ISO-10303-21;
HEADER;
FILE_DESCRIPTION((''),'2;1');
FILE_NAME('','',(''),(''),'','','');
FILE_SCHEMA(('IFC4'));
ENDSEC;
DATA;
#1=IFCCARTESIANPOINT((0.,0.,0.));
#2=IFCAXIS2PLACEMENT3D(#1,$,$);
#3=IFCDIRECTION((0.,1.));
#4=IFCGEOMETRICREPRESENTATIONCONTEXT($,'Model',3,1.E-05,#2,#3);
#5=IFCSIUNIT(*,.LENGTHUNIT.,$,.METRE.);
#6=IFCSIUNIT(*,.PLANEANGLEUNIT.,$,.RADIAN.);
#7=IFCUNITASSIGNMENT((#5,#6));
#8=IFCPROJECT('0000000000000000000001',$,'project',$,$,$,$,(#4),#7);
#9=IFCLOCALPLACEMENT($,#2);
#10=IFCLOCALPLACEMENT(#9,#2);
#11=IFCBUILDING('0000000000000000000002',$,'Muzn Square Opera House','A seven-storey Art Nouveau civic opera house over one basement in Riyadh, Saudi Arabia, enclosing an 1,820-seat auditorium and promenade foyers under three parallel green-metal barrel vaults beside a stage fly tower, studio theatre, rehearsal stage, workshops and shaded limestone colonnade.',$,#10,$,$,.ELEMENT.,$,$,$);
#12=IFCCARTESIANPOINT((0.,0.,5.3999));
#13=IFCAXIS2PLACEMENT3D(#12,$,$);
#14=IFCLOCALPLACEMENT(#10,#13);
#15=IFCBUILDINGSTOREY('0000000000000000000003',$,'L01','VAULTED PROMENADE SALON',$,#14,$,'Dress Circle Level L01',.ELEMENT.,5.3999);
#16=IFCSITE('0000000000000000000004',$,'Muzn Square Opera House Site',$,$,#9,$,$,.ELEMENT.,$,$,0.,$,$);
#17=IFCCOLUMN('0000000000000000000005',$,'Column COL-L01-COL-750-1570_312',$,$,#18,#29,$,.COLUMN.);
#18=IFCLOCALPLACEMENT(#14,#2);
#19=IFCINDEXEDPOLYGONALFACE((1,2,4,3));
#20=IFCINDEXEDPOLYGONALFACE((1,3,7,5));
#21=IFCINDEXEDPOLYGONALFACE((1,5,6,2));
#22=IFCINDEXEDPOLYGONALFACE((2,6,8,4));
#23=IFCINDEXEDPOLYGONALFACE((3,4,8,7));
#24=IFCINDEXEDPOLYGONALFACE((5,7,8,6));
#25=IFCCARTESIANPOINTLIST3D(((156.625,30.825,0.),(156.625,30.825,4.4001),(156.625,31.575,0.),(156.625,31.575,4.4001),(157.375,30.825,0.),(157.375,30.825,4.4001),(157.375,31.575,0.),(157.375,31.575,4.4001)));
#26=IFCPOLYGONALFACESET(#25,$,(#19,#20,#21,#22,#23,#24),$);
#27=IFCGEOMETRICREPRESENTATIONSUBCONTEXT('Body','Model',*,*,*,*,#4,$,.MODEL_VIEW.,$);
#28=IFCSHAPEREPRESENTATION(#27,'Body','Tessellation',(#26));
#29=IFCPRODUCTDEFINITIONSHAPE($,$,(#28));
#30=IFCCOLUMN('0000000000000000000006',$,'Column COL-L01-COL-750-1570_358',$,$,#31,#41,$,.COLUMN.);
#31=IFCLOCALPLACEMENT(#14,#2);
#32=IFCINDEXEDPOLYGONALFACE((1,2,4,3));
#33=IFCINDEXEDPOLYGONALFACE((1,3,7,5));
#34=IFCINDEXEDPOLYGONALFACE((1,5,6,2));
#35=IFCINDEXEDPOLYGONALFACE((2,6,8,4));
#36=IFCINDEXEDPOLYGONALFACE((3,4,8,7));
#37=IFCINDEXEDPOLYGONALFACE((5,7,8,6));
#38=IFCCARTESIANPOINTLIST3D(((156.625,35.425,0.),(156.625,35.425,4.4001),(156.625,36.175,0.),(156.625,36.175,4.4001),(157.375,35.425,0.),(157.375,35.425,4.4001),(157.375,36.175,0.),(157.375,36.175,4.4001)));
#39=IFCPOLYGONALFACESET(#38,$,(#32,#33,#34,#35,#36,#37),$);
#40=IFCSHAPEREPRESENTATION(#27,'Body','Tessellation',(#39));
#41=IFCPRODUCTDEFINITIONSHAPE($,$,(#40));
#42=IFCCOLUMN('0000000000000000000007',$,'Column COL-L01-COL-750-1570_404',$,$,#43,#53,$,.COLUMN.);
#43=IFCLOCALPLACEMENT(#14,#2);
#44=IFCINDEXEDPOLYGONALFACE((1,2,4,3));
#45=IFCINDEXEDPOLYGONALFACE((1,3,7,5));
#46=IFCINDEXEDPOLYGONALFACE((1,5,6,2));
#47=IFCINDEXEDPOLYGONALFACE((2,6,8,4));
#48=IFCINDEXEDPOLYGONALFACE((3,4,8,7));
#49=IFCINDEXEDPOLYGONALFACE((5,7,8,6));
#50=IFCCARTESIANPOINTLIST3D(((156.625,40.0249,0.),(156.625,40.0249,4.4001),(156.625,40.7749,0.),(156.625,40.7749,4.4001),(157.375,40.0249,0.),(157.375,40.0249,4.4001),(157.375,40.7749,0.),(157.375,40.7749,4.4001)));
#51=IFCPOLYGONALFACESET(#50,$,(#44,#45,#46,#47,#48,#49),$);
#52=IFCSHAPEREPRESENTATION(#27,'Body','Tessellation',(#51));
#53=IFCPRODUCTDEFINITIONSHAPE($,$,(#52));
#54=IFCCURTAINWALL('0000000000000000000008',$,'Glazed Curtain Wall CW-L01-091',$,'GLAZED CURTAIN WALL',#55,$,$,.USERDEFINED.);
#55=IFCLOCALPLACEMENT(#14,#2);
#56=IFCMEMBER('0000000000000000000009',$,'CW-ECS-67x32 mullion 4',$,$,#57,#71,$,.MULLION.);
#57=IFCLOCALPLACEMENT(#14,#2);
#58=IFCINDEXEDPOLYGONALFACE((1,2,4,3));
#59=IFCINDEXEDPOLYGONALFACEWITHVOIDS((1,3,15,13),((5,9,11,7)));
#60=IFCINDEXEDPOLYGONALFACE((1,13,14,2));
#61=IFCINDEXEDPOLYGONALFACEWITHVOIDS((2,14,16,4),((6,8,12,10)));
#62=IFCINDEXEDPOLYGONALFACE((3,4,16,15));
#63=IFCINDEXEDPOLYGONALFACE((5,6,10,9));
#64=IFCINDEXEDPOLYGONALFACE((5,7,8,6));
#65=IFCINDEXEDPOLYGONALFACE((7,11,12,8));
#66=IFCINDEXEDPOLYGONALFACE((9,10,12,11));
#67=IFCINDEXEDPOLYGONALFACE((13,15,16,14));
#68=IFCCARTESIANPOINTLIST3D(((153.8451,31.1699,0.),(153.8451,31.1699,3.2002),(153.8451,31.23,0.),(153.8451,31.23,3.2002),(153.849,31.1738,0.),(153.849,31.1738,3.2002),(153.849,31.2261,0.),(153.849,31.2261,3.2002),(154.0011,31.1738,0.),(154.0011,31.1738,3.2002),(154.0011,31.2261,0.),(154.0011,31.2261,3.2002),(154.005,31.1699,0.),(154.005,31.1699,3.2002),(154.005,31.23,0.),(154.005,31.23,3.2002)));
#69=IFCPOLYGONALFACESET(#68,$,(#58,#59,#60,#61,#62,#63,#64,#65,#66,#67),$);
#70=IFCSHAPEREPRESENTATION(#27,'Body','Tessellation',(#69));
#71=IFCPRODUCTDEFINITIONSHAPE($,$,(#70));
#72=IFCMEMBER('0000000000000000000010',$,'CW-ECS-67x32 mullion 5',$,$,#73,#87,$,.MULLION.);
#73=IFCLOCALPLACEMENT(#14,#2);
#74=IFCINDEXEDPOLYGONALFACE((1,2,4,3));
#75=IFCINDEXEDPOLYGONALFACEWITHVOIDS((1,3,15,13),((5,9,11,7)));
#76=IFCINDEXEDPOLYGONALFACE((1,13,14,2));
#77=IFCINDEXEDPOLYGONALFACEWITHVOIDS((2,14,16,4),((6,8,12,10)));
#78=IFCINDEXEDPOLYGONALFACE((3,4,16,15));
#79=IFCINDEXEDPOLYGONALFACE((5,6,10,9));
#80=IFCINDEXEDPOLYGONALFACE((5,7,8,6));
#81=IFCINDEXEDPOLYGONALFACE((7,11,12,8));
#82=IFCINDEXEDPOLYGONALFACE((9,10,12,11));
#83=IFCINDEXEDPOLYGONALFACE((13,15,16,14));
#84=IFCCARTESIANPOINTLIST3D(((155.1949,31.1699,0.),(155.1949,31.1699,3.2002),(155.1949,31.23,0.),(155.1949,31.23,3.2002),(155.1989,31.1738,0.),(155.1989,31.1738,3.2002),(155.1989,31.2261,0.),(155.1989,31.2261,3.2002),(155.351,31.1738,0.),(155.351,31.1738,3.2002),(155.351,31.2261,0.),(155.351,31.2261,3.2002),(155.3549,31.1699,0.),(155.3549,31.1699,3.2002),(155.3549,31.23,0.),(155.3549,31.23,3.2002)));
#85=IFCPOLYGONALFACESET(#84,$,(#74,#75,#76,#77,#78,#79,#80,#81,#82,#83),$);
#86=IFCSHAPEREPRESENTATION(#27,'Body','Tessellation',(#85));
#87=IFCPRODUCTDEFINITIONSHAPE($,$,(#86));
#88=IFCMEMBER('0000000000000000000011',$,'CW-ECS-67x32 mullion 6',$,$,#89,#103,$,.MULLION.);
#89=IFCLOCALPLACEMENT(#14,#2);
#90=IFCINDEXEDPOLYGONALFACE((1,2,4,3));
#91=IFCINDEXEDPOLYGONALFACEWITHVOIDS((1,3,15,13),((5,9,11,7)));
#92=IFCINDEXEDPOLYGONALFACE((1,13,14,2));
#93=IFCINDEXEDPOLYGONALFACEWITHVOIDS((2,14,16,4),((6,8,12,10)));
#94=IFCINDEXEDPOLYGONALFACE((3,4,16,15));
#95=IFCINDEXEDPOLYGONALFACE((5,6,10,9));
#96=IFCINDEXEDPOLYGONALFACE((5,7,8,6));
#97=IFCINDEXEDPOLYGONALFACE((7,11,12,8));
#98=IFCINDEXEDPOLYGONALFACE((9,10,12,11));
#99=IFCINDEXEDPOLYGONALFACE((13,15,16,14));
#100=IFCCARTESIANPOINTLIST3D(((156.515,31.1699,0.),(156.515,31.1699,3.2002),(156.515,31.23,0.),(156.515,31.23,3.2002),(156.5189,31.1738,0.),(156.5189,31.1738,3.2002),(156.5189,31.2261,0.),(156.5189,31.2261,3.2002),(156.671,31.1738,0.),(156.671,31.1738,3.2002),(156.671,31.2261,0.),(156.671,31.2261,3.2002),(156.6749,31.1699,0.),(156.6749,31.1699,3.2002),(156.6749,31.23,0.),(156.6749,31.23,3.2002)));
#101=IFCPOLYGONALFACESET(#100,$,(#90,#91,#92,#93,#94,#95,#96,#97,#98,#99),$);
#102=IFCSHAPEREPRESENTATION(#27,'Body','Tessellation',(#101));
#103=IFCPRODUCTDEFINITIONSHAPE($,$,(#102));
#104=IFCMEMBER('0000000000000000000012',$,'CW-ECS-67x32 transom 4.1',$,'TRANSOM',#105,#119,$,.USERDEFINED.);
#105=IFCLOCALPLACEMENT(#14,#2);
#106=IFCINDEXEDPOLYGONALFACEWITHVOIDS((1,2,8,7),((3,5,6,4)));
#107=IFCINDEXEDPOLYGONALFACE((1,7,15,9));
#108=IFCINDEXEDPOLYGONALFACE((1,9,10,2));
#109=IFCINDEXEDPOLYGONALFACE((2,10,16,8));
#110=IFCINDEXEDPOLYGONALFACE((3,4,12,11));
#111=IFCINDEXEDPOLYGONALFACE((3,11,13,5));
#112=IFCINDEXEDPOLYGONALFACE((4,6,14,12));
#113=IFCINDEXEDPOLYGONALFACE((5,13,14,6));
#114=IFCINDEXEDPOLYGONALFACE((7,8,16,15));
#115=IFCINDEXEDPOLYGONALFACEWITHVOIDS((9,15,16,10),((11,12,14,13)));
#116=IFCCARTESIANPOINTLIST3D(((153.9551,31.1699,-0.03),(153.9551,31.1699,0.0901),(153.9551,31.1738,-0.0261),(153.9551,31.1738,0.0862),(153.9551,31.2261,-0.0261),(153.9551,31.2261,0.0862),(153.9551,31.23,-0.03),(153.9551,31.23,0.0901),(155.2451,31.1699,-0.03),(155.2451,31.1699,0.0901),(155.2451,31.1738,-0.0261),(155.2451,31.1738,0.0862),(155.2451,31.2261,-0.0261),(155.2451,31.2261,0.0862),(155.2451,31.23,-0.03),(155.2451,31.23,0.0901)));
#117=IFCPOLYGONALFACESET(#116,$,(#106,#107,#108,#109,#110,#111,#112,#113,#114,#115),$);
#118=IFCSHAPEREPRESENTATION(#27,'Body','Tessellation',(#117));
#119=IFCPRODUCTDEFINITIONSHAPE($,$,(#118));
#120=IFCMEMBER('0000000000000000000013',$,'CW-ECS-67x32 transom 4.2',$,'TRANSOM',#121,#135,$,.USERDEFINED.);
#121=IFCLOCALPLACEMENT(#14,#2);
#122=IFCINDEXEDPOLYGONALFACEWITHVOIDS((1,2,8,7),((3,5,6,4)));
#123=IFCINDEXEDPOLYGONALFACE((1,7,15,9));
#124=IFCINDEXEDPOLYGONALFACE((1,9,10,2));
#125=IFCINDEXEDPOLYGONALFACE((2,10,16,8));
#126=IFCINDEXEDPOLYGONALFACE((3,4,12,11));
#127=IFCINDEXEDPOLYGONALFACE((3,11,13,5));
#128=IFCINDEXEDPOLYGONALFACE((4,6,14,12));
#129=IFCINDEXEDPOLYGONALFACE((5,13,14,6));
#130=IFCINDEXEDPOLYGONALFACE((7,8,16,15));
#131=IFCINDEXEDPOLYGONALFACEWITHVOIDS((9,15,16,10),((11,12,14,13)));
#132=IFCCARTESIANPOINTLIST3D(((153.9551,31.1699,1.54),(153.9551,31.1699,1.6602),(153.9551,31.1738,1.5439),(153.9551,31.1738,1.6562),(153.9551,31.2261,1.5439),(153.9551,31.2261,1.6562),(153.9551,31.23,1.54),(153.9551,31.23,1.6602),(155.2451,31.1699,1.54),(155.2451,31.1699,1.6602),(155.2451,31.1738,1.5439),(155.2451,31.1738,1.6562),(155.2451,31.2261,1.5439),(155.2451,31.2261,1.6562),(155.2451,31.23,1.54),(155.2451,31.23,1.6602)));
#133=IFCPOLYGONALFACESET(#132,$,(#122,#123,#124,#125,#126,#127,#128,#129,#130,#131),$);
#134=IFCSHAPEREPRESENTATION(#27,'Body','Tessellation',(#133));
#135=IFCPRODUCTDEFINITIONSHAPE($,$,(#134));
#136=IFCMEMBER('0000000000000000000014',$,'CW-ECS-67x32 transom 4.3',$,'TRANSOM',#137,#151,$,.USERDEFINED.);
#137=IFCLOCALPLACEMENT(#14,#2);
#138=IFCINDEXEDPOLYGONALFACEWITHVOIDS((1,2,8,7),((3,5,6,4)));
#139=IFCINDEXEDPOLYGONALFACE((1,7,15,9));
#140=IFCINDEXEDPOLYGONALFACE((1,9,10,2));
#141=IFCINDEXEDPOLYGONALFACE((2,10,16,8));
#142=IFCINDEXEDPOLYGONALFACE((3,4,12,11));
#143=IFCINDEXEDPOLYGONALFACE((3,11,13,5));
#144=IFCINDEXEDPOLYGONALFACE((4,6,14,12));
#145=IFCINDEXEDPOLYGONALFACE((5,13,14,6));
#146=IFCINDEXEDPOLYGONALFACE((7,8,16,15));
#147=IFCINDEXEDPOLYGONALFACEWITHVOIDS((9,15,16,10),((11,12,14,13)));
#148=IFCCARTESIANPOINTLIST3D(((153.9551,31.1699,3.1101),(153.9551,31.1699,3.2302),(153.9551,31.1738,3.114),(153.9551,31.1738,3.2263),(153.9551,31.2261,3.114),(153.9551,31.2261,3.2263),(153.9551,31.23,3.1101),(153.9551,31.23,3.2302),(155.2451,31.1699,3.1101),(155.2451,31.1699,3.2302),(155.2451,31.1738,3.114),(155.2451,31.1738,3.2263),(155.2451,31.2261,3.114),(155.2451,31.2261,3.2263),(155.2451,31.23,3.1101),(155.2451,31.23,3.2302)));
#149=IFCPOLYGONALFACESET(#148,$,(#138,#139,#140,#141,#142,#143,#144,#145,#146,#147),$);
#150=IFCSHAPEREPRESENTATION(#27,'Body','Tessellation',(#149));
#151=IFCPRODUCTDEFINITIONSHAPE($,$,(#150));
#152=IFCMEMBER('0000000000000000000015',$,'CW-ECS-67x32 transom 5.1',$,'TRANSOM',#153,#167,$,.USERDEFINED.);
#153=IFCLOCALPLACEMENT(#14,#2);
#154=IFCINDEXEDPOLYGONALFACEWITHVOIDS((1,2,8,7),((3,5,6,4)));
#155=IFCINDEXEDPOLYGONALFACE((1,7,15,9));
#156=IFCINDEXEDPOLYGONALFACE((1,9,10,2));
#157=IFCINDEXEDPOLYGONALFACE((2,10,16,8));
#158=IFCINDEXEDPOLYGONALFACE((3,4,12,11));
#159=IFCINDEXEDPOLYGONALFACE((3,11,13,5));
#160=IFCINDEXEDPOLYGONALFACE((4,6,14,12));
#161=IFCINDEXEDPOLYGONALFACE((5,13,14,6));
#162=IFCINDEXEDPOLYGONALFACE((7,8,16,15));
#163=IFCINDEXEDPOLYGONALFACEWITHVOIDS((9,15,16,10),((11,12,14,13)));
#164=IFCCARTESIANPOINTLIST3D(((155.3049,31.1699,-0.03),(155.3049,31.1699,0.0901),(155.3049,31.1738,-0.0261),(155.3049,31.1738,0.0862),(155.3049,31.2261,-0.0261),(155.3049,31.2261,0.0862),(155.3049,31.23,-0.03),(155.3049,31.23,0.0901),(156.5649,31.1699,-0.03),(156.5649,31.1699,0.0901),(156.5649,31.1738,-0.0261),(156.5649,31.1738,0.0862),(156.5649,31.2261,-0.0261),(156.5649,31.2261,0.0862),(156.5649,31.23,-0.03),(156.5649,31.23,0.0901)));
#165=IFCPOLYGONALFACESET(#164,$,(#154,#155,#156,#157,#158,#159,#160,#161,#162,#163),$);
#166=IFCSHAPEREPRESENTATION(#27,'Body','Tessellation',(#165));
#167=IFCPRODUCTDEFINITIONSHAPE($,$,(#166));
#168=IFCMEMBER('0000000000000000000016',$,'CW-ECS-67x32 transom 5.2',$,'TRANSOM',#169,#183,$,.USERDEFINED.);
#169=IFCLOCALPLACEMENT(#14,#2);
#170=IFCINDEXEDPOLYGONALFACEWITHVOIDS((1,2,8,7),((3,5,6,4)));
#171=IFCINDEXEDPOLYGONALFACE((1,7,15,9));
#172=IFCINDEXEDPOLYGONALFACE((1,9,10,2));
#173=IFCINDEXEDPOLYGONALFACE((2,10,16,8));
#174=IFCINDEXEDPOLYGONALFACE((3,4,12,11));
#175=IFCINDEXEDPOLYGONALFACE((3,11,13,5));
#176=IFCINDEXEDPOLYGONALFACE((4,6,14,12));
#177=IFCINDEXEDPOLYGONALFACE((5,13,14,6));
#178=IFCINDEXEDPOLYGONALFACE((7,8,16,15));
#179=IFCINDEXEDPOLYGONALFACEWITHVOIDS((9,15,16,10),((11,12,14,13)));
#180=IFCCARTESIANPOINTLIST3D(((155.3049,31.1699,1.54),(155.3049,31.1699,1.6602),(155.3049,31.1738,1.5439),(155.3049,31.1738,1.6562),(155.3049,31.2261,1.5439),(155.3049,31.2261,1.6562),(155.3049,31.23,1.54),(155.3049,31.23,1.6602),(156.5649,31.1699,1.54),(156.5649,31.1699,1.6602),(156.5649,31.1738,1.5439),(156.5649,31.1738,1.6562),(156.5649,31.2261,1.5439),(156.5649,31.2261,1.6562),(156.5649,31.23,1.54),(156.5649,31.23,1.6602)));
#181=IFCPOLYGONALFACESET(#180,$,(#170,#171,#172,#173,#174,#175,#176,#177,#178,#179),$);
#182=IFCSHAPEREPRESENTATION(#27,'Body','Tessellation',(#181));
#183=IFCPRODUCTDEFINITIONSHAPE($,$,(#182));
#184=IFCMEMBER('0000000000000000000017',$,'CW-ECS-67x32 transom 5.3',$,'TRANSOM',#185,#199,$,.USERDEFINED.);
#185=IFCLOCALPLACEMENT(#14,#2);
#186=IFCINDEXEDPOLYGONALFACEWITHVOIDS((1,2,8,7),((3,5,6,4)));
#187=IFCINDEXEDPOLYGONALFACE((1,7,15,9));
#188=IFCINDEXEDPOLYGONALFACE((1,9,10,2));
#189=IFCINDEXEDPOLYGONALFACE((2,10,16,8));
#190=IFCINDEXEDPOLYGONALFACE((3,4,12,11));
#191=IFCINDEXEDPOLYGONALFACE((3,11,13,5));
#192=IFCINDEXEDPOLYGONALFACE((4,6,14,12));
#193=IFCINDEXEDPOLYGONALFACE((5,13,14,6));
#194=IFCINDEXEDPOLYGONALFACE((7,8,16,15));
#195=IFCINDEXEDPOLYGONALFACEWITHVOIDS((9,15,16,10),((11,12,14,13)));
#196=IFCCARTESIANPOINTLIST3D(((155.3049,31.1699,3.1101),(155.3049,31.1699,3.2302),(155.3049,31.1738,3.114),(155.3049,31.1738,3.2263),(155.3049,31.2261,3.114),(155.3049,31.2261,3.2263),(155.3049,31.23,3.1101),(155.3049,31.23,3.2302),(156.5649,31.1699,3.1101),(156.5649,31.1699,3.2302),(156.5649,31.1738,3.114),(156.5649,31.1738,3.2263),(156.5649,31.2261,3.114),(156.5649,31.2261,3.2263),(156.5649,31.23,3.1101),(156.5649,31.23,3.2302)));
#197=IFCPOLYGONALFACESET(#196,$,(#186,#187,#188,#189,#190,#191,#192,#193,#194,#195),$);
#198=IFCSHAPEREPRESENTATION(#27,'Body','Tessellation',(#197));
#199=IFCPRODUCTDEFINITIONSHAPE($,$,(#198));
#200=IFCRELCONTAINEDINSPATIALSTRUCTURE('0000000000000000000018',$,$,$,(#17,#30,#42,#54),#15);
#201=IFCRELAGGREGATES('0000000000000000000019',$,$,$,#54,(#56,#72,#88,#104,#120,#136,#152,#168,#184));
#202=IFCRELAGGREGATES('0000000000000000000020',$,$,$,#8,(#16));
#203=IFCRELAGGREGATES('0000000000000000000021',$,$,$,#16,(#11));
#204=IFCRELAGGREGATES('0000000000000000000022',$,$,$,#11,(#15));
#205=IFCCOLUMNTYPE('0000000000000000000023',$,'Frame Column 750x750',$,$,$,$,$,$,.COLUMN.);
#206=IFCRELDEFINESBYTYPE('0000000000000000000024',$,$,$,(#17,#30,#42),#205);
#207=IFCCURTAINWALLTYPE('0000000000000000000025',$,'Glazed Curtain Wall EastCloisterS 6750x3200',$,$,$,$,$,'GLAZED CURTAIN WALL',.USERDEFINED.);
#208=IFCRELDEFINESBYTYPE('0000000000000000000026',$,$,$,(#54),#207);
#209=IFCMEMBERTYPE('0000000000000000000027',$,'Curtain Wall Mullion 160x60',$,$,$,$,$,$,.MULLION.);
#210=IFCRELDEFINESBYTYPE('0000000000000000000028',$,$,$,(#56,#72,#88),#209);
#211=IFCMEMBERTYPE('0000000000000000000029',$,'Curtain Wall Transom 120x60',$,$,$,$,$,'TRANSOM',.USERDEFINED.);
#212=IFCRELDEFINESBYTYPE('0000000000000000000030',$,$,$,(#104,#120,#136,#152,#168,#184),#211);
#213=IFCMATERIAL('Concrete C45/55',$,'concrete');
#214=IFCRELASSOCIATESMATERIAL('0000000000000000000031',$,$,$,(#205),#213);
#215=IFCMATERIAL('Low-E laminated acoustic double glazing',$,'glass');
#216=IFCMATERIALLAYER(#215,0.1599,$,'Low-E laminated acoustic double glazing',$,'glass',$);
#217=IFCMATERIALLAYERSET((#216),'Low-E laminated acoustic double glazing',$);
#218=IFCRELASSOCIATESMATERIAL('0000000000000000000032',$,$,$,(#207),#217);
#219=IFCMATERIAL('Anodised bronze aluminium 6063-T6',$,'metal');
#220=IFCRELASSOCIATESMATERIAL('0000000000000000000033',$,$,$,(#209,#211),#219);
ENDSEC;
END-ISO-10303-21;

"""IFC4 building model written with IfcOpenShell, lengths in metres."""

from ifc_helpers import new_model, si_unit, direction, frame, origin, origin_2d, place, context, subcontext, project, spatial, rectangle, hollow_rectangle, extrude, material, layer, layer_set, material_profile, profile_set, type_object, element, aggregate, save


model = new_model("IFC4")

# Units and contexts
model_context = context("Model", 3, precision=1e-05, world=origin(), true_north=direction((0.0, 1.0)))
body_context = subcontext(model_context, "Body", "Model", "MODEL_VIEW")
ifc_project = project(units=[si_unit("LENGTHUNIT", "METRE"), si_unit("PLANEANGLEUNIT", "RADIAN")], contexts=[model_context])

# Site, building, storey
site_placement = place(None, origin())
site = spatial("IfcSite", under=ifc_project, at=site_placement, Name="Muzn Square Opera House Site", CompositionType="ELEMENT", RefElevation=0.0)
building_placement = place(site_placement, origin())
building = spatial("IfcBuilding", under=site, at=building_placement, Name="Muzn Square Opera House", Description="A seven-storey Art Nouveau civic opera house over one basement in Riyadh, Saudi Arabia, enclosing an 1,820-seat auditorium and promenade foyers under three parallel green-metal barrel vaults beside a stage fly tower, studio theatre, rehearsal stage, workshops and shaded limestone colonnade.", CompositionType="ELEMENT")
storey_placement = place(building_placement, frame((0.0, 0.0, 5.3999)))
storey = spatial("IfcBuildingStorey", under=building, at=storey_placement, Name="L01", Description="VAULTED PROMENADE SALON", LongName="Dress Circle Level L01", CompositionType="ELEMENT", Elevation=5.3999)

# Columns
ifc_material_1 = material(Name="Concrete C45/55", Category="concrete")
ifc_material_profile_1 = material_profile(ifc_material_1, rectangle(XDim=0.75, YDim=0.75, at=origin_2d()), Name="RC 750x750", Category="concrete")
ifc_profile_set_1 = profile_set([ifc_material_profile_1], Name="Concrete C45/55")
column_type = type_object("IfcColumnType", Name="Frame Column 750x750", PredefinedType="COLUMN", material=ifc_profile_set_1)
for number, where, z_axis, x_axis, name in (
    (1, (157.0, 31.2, 0.0), (0.0, 0.0, 1.0), (1.0, 0.0, 0.0), "Column COL-L01-COL-750-1570_312"),
    (2, (157.0, 35.8, 0.0), (0.0, 0.0, 1.0), (1.0, 0.0, 0.0), "Column COL-L01-COL-750-1570_358"),
    (3, (157.0, 40.3999, 0.0), (0.0, 0.0, 1.0), (1.0, 0.0, 0.0), "Column COL-L01-COL-750-1570_404"),
):
    element("IfcColumn", number, at=place(storey_placement, frame(where, z_axis=z_axis, x_axis=x_axis)), inside=storey, type_object=column_type, Name=name, PredefinedType="COLUMN", context=body_context, shape_type="SweptSolid", body=[
        extrude(rectangle(XDim=0.75, YDim=0.75, at=origin_2d()), origin(), (0.0, 0.0, 1.0), 4.4001),
    ])

# Curtain wall, members
ifc_material_2 = material(Name="Low-E laminated acoustic double glazing", Category="glass")
ifc_layer_1 = layer(ifc_material_2, 0.1599, Name="Low-E laminated acoustic double glazing", Category="glass")
ifc_layer_set_1 = layer_set([ifc_layer_1], Name="Low-E laminated acoustic double glazing")
curtain_wall_type = type_object("IfcCurtainWallType", Name="Glazed Curtain Wall EastCloisterS 6750x3200", ElementType="GLAZED CURTAIN WALL", PredefinedType="USERDEFINED", material=ifc_layer_set_1)
curtain_wall_placement = place(storey_placement, origin())
curtain_wall = element("IfcCurtainWall", 4, at=curtain_wall_placement, inside=storey, type_object=curtain_wall_type, Name="Glazed Curtain Wall CW-L01-091", ObjectType="GLAZED CURTAIN WALL", PredefinedType="USERDEFINED")
ifc_material_3 = material(Name="Anodised bronze aluminium 6063-T6", Category="metal")
ifc_material_profile_2 = material_profile(ifc_material_3, hollow_rectangle(XDim=0.0601, YDim=0.1599, WallThickness=0.0039, at=origin_2d()), Name="ALU 160x60x4", Category="metal")
ifc_profile_set_2 = profile_set([ifc_material_profile_2], Name="Anodised bronze aluminium 6063-T6")
member_type_1 = type_object("IfcMemberType", Name="Curtain Wall Mullion 160x60", PredefinedType="MULLION", material=ifc_profile_set_2)
member_1_placement = place(storey_placement, frame((153.925, 31.2, 0.0), z_axis=(0.0, 0.0, 1.0), x_axis=(0.0, 1.0, 0.0)))
member_1 = element("IfcMember", 5, at=member_1_placement, type_object=member_type_1, Name="CW-ECS-67x32 mullion 4", PredefinedType="MULLION", context=body_context, shape_type="SweptSolid", body=[
    extrude(hollow_rectangle(XDim=0.0601, YDim=0.1599, WallThickness=0.0039, at=origin_2d()), origin(), (0.0, 0.0, 1.0), 3.2002),
])
member_2_placement = place(storey_placement, frame((155.2749, 31.2, 0.0), z_axis=(0.0, 0.0, 1.0), x_axis=(0.0, 1.0, 0.0)))
member_2 = element("IfcMember", 6, at=member_2_placement, type_object=member_type_1, Name="CW-ECS-67x32 mullion 5", PredefinedType="MULLION", context=body_context, shape_type="SweptSolid", body=[
    extrude(hollow_rectangle(XDim=0.0601, YDim=0.1599, WallThickness=0.0039, at=origin_2d()), origin(), (0.0, 0.0, 1.0), 3.2002),
])
member_3_placement = place(storey_placement, frame((156.595, 31.2, 0.0), z_axis=(0.0, 0.0, 1.0), x_axis=(0.0, 1.0, 0.0)))
member_3 = element("IfcMember", 7, at=member_3_placement, type_object=member_type_1, Name="CW-ECS-67x32 mullion 6", PredefinedType="MULLION", context=body_context, shape_type="SweptSolid", body=[
    extrude(hollow_rectangle(XDim=0.0601, YDim=0.1599, WallThickness=0.0039, at=origin_2d()), origin(), (0.0, 0.0, 1.0), 3.2002),
])
ifc_material_profile_3 = material_profile(ifc_material_3, hollow_rectangle(XDim=0.0601, YDim=0.1201, WallThickness=0.0039, at=origin_2d()), Name="ALU 120x60x4", Category="metal")
ifc_profile_set_3 = profile_set([ifc_material_profile_3], Name="Anodised bronze aluminium 6063-T6")
member_type_2 = type_object("IfcMemberType", Name="Curtain Wall Transom 120x60", ElementType="TRANSOM", PredefinedType="USERDEFINED", material=ifc_profile_set_3)
member_4_placement = place(storey_placement, frame((153.9551, 31.2, 0.03), z_axis=(1.0, 0.0, 0.0), x_axis=(0.0, 1.0, 0.0)))
member_4 = element("IfcMember", 8, at=member_4_placement, type_object=member_type_2, Name="CW-ECS-67x32 transom 4.1", ObjectType="TRANSOM", PredefinedType="USERDEFINED", context=body_context, shape_type="SweptSolid", body=[
    extrude(hollow_rectangle(XDim=0.0601, YDim=0.1201, WallThickness=0.0039, at=origin_2d()), origin(), (0.0, 0.0, 1.0), 1.29),
])
member_5_placement = place(storey_placement, frame((153.9551, 31.2, 1.6001), z_axis=(1.0, 0.0, 0.0), x_axis=(0.0, 1.0, 0.0)))
member_5 = element("IfcMember", 9, at=member_5_placement, type_object=member_type_2, Name="CW-ECS-67x32 transom 4.2", ObjectType="TRANSOM", PredefinedType="USERDEFINED", context=body_context, shape_type="SweptSolid", body=[
    extrude(hollow_rectangle(XDim=0.0601, YDim=0.1201, WallThickness=0.0039, at=origin_2d()), origin(), (0.0, 0.0, 1.0), 1.29),
])
member_6_placement = place(storey_placement, frame((153.9551, 31.2, 3.1702), z_axis=(1.0, 0.0, 0.0), x_axis=(0.0, 1.0, 0.0)))
member_6 = element("IfcMember", 10, at=member_6_placement, type_object=member_type_2, Name="CW-ECS-67x32 transom 4.3", ObjectType="TRANSOM", PredefinedType="USERDEFINED", context=body_context, shape_type="SweptSolid", body=[
    extrude(hollow_rectangle(XDim=0.0601, YDim=0.1201, WallThickness=0.0039, at=origin_2d()), origin(), (0.0, 0.0, 1.0), 1.29),
])
member_7_placement = place(storey_placement, frame((155.3049, 31.2, 0.03), z_axis=(1.0, 0.0, 0.0), x_axis=(0.0, 1.0, 0.0)))
member_7 = element("IfcMember", 11, at=member_7_placement, type_object=member_type_2, Name="CW-ECS-67x32 transom 5.1", ObjectType="TRANSOM", PredefinedType="USERDEFINED", context=body_context, shape_type="SweptSolid", body=[
    extrude(hollow_rectangle(XDim=0.0601, YDim=0.1201, WallThickness=0.0039, at=origin_2d()), origin(), (0.0, 0.0, 1.0), 1.26),
])
member_8_placement = place(storey_placement, frame((155.3049, 31.2, 1.6001), z_axis=(1.0, 0.0, 0.0), x_axis=(0.0, 1.0, 0.0)))
member_8 = element("IfcMember", 12, at=member_8_placement, type_object=member_type_2, Name="CW-ECS-67x32 transom 5.2", ObjectType="TRANSOM", PredefinedType="USERDEFINED", context=body_context, shape_type="SweptSolid", body=[
    extrude(hollow_rectangle(XDim=0.0601, YDim=0.1201, WallThickness=0.0039, at=origin_2d()), origin(), (0.0, 0.0, 1.0), 1.26),
])
member_9_placement = place(storey_placement, frame((155.3049, 31.2, 3.1702), z_axis=(1.0, 0.0, 0.0), x_axis=(0.0, 1.0, 0.0)))
member_9 = element("IfcMember", 13, at=member_9_placement, type_object=member_type_2, Name="CW-ECS-67x32 transom 5.3", ObjectType="TRANSOM", PredefinedType="USERDEFINED", context=body_context, shape_type="SweptSolid", body=[
    extrude(hollow_rectangle(XDim=0.0601, YDim=0.1201, WallThickness=0.0039, at=origin_2d()), origin(), (0.0, 0.0, 1.0), 1.26),
])

aggregate(curtain_wall, [member_1, member_2, member_3, member_4, member_5, member_6, member_7, member_8, member_9])

save(model, "model.ifc")
